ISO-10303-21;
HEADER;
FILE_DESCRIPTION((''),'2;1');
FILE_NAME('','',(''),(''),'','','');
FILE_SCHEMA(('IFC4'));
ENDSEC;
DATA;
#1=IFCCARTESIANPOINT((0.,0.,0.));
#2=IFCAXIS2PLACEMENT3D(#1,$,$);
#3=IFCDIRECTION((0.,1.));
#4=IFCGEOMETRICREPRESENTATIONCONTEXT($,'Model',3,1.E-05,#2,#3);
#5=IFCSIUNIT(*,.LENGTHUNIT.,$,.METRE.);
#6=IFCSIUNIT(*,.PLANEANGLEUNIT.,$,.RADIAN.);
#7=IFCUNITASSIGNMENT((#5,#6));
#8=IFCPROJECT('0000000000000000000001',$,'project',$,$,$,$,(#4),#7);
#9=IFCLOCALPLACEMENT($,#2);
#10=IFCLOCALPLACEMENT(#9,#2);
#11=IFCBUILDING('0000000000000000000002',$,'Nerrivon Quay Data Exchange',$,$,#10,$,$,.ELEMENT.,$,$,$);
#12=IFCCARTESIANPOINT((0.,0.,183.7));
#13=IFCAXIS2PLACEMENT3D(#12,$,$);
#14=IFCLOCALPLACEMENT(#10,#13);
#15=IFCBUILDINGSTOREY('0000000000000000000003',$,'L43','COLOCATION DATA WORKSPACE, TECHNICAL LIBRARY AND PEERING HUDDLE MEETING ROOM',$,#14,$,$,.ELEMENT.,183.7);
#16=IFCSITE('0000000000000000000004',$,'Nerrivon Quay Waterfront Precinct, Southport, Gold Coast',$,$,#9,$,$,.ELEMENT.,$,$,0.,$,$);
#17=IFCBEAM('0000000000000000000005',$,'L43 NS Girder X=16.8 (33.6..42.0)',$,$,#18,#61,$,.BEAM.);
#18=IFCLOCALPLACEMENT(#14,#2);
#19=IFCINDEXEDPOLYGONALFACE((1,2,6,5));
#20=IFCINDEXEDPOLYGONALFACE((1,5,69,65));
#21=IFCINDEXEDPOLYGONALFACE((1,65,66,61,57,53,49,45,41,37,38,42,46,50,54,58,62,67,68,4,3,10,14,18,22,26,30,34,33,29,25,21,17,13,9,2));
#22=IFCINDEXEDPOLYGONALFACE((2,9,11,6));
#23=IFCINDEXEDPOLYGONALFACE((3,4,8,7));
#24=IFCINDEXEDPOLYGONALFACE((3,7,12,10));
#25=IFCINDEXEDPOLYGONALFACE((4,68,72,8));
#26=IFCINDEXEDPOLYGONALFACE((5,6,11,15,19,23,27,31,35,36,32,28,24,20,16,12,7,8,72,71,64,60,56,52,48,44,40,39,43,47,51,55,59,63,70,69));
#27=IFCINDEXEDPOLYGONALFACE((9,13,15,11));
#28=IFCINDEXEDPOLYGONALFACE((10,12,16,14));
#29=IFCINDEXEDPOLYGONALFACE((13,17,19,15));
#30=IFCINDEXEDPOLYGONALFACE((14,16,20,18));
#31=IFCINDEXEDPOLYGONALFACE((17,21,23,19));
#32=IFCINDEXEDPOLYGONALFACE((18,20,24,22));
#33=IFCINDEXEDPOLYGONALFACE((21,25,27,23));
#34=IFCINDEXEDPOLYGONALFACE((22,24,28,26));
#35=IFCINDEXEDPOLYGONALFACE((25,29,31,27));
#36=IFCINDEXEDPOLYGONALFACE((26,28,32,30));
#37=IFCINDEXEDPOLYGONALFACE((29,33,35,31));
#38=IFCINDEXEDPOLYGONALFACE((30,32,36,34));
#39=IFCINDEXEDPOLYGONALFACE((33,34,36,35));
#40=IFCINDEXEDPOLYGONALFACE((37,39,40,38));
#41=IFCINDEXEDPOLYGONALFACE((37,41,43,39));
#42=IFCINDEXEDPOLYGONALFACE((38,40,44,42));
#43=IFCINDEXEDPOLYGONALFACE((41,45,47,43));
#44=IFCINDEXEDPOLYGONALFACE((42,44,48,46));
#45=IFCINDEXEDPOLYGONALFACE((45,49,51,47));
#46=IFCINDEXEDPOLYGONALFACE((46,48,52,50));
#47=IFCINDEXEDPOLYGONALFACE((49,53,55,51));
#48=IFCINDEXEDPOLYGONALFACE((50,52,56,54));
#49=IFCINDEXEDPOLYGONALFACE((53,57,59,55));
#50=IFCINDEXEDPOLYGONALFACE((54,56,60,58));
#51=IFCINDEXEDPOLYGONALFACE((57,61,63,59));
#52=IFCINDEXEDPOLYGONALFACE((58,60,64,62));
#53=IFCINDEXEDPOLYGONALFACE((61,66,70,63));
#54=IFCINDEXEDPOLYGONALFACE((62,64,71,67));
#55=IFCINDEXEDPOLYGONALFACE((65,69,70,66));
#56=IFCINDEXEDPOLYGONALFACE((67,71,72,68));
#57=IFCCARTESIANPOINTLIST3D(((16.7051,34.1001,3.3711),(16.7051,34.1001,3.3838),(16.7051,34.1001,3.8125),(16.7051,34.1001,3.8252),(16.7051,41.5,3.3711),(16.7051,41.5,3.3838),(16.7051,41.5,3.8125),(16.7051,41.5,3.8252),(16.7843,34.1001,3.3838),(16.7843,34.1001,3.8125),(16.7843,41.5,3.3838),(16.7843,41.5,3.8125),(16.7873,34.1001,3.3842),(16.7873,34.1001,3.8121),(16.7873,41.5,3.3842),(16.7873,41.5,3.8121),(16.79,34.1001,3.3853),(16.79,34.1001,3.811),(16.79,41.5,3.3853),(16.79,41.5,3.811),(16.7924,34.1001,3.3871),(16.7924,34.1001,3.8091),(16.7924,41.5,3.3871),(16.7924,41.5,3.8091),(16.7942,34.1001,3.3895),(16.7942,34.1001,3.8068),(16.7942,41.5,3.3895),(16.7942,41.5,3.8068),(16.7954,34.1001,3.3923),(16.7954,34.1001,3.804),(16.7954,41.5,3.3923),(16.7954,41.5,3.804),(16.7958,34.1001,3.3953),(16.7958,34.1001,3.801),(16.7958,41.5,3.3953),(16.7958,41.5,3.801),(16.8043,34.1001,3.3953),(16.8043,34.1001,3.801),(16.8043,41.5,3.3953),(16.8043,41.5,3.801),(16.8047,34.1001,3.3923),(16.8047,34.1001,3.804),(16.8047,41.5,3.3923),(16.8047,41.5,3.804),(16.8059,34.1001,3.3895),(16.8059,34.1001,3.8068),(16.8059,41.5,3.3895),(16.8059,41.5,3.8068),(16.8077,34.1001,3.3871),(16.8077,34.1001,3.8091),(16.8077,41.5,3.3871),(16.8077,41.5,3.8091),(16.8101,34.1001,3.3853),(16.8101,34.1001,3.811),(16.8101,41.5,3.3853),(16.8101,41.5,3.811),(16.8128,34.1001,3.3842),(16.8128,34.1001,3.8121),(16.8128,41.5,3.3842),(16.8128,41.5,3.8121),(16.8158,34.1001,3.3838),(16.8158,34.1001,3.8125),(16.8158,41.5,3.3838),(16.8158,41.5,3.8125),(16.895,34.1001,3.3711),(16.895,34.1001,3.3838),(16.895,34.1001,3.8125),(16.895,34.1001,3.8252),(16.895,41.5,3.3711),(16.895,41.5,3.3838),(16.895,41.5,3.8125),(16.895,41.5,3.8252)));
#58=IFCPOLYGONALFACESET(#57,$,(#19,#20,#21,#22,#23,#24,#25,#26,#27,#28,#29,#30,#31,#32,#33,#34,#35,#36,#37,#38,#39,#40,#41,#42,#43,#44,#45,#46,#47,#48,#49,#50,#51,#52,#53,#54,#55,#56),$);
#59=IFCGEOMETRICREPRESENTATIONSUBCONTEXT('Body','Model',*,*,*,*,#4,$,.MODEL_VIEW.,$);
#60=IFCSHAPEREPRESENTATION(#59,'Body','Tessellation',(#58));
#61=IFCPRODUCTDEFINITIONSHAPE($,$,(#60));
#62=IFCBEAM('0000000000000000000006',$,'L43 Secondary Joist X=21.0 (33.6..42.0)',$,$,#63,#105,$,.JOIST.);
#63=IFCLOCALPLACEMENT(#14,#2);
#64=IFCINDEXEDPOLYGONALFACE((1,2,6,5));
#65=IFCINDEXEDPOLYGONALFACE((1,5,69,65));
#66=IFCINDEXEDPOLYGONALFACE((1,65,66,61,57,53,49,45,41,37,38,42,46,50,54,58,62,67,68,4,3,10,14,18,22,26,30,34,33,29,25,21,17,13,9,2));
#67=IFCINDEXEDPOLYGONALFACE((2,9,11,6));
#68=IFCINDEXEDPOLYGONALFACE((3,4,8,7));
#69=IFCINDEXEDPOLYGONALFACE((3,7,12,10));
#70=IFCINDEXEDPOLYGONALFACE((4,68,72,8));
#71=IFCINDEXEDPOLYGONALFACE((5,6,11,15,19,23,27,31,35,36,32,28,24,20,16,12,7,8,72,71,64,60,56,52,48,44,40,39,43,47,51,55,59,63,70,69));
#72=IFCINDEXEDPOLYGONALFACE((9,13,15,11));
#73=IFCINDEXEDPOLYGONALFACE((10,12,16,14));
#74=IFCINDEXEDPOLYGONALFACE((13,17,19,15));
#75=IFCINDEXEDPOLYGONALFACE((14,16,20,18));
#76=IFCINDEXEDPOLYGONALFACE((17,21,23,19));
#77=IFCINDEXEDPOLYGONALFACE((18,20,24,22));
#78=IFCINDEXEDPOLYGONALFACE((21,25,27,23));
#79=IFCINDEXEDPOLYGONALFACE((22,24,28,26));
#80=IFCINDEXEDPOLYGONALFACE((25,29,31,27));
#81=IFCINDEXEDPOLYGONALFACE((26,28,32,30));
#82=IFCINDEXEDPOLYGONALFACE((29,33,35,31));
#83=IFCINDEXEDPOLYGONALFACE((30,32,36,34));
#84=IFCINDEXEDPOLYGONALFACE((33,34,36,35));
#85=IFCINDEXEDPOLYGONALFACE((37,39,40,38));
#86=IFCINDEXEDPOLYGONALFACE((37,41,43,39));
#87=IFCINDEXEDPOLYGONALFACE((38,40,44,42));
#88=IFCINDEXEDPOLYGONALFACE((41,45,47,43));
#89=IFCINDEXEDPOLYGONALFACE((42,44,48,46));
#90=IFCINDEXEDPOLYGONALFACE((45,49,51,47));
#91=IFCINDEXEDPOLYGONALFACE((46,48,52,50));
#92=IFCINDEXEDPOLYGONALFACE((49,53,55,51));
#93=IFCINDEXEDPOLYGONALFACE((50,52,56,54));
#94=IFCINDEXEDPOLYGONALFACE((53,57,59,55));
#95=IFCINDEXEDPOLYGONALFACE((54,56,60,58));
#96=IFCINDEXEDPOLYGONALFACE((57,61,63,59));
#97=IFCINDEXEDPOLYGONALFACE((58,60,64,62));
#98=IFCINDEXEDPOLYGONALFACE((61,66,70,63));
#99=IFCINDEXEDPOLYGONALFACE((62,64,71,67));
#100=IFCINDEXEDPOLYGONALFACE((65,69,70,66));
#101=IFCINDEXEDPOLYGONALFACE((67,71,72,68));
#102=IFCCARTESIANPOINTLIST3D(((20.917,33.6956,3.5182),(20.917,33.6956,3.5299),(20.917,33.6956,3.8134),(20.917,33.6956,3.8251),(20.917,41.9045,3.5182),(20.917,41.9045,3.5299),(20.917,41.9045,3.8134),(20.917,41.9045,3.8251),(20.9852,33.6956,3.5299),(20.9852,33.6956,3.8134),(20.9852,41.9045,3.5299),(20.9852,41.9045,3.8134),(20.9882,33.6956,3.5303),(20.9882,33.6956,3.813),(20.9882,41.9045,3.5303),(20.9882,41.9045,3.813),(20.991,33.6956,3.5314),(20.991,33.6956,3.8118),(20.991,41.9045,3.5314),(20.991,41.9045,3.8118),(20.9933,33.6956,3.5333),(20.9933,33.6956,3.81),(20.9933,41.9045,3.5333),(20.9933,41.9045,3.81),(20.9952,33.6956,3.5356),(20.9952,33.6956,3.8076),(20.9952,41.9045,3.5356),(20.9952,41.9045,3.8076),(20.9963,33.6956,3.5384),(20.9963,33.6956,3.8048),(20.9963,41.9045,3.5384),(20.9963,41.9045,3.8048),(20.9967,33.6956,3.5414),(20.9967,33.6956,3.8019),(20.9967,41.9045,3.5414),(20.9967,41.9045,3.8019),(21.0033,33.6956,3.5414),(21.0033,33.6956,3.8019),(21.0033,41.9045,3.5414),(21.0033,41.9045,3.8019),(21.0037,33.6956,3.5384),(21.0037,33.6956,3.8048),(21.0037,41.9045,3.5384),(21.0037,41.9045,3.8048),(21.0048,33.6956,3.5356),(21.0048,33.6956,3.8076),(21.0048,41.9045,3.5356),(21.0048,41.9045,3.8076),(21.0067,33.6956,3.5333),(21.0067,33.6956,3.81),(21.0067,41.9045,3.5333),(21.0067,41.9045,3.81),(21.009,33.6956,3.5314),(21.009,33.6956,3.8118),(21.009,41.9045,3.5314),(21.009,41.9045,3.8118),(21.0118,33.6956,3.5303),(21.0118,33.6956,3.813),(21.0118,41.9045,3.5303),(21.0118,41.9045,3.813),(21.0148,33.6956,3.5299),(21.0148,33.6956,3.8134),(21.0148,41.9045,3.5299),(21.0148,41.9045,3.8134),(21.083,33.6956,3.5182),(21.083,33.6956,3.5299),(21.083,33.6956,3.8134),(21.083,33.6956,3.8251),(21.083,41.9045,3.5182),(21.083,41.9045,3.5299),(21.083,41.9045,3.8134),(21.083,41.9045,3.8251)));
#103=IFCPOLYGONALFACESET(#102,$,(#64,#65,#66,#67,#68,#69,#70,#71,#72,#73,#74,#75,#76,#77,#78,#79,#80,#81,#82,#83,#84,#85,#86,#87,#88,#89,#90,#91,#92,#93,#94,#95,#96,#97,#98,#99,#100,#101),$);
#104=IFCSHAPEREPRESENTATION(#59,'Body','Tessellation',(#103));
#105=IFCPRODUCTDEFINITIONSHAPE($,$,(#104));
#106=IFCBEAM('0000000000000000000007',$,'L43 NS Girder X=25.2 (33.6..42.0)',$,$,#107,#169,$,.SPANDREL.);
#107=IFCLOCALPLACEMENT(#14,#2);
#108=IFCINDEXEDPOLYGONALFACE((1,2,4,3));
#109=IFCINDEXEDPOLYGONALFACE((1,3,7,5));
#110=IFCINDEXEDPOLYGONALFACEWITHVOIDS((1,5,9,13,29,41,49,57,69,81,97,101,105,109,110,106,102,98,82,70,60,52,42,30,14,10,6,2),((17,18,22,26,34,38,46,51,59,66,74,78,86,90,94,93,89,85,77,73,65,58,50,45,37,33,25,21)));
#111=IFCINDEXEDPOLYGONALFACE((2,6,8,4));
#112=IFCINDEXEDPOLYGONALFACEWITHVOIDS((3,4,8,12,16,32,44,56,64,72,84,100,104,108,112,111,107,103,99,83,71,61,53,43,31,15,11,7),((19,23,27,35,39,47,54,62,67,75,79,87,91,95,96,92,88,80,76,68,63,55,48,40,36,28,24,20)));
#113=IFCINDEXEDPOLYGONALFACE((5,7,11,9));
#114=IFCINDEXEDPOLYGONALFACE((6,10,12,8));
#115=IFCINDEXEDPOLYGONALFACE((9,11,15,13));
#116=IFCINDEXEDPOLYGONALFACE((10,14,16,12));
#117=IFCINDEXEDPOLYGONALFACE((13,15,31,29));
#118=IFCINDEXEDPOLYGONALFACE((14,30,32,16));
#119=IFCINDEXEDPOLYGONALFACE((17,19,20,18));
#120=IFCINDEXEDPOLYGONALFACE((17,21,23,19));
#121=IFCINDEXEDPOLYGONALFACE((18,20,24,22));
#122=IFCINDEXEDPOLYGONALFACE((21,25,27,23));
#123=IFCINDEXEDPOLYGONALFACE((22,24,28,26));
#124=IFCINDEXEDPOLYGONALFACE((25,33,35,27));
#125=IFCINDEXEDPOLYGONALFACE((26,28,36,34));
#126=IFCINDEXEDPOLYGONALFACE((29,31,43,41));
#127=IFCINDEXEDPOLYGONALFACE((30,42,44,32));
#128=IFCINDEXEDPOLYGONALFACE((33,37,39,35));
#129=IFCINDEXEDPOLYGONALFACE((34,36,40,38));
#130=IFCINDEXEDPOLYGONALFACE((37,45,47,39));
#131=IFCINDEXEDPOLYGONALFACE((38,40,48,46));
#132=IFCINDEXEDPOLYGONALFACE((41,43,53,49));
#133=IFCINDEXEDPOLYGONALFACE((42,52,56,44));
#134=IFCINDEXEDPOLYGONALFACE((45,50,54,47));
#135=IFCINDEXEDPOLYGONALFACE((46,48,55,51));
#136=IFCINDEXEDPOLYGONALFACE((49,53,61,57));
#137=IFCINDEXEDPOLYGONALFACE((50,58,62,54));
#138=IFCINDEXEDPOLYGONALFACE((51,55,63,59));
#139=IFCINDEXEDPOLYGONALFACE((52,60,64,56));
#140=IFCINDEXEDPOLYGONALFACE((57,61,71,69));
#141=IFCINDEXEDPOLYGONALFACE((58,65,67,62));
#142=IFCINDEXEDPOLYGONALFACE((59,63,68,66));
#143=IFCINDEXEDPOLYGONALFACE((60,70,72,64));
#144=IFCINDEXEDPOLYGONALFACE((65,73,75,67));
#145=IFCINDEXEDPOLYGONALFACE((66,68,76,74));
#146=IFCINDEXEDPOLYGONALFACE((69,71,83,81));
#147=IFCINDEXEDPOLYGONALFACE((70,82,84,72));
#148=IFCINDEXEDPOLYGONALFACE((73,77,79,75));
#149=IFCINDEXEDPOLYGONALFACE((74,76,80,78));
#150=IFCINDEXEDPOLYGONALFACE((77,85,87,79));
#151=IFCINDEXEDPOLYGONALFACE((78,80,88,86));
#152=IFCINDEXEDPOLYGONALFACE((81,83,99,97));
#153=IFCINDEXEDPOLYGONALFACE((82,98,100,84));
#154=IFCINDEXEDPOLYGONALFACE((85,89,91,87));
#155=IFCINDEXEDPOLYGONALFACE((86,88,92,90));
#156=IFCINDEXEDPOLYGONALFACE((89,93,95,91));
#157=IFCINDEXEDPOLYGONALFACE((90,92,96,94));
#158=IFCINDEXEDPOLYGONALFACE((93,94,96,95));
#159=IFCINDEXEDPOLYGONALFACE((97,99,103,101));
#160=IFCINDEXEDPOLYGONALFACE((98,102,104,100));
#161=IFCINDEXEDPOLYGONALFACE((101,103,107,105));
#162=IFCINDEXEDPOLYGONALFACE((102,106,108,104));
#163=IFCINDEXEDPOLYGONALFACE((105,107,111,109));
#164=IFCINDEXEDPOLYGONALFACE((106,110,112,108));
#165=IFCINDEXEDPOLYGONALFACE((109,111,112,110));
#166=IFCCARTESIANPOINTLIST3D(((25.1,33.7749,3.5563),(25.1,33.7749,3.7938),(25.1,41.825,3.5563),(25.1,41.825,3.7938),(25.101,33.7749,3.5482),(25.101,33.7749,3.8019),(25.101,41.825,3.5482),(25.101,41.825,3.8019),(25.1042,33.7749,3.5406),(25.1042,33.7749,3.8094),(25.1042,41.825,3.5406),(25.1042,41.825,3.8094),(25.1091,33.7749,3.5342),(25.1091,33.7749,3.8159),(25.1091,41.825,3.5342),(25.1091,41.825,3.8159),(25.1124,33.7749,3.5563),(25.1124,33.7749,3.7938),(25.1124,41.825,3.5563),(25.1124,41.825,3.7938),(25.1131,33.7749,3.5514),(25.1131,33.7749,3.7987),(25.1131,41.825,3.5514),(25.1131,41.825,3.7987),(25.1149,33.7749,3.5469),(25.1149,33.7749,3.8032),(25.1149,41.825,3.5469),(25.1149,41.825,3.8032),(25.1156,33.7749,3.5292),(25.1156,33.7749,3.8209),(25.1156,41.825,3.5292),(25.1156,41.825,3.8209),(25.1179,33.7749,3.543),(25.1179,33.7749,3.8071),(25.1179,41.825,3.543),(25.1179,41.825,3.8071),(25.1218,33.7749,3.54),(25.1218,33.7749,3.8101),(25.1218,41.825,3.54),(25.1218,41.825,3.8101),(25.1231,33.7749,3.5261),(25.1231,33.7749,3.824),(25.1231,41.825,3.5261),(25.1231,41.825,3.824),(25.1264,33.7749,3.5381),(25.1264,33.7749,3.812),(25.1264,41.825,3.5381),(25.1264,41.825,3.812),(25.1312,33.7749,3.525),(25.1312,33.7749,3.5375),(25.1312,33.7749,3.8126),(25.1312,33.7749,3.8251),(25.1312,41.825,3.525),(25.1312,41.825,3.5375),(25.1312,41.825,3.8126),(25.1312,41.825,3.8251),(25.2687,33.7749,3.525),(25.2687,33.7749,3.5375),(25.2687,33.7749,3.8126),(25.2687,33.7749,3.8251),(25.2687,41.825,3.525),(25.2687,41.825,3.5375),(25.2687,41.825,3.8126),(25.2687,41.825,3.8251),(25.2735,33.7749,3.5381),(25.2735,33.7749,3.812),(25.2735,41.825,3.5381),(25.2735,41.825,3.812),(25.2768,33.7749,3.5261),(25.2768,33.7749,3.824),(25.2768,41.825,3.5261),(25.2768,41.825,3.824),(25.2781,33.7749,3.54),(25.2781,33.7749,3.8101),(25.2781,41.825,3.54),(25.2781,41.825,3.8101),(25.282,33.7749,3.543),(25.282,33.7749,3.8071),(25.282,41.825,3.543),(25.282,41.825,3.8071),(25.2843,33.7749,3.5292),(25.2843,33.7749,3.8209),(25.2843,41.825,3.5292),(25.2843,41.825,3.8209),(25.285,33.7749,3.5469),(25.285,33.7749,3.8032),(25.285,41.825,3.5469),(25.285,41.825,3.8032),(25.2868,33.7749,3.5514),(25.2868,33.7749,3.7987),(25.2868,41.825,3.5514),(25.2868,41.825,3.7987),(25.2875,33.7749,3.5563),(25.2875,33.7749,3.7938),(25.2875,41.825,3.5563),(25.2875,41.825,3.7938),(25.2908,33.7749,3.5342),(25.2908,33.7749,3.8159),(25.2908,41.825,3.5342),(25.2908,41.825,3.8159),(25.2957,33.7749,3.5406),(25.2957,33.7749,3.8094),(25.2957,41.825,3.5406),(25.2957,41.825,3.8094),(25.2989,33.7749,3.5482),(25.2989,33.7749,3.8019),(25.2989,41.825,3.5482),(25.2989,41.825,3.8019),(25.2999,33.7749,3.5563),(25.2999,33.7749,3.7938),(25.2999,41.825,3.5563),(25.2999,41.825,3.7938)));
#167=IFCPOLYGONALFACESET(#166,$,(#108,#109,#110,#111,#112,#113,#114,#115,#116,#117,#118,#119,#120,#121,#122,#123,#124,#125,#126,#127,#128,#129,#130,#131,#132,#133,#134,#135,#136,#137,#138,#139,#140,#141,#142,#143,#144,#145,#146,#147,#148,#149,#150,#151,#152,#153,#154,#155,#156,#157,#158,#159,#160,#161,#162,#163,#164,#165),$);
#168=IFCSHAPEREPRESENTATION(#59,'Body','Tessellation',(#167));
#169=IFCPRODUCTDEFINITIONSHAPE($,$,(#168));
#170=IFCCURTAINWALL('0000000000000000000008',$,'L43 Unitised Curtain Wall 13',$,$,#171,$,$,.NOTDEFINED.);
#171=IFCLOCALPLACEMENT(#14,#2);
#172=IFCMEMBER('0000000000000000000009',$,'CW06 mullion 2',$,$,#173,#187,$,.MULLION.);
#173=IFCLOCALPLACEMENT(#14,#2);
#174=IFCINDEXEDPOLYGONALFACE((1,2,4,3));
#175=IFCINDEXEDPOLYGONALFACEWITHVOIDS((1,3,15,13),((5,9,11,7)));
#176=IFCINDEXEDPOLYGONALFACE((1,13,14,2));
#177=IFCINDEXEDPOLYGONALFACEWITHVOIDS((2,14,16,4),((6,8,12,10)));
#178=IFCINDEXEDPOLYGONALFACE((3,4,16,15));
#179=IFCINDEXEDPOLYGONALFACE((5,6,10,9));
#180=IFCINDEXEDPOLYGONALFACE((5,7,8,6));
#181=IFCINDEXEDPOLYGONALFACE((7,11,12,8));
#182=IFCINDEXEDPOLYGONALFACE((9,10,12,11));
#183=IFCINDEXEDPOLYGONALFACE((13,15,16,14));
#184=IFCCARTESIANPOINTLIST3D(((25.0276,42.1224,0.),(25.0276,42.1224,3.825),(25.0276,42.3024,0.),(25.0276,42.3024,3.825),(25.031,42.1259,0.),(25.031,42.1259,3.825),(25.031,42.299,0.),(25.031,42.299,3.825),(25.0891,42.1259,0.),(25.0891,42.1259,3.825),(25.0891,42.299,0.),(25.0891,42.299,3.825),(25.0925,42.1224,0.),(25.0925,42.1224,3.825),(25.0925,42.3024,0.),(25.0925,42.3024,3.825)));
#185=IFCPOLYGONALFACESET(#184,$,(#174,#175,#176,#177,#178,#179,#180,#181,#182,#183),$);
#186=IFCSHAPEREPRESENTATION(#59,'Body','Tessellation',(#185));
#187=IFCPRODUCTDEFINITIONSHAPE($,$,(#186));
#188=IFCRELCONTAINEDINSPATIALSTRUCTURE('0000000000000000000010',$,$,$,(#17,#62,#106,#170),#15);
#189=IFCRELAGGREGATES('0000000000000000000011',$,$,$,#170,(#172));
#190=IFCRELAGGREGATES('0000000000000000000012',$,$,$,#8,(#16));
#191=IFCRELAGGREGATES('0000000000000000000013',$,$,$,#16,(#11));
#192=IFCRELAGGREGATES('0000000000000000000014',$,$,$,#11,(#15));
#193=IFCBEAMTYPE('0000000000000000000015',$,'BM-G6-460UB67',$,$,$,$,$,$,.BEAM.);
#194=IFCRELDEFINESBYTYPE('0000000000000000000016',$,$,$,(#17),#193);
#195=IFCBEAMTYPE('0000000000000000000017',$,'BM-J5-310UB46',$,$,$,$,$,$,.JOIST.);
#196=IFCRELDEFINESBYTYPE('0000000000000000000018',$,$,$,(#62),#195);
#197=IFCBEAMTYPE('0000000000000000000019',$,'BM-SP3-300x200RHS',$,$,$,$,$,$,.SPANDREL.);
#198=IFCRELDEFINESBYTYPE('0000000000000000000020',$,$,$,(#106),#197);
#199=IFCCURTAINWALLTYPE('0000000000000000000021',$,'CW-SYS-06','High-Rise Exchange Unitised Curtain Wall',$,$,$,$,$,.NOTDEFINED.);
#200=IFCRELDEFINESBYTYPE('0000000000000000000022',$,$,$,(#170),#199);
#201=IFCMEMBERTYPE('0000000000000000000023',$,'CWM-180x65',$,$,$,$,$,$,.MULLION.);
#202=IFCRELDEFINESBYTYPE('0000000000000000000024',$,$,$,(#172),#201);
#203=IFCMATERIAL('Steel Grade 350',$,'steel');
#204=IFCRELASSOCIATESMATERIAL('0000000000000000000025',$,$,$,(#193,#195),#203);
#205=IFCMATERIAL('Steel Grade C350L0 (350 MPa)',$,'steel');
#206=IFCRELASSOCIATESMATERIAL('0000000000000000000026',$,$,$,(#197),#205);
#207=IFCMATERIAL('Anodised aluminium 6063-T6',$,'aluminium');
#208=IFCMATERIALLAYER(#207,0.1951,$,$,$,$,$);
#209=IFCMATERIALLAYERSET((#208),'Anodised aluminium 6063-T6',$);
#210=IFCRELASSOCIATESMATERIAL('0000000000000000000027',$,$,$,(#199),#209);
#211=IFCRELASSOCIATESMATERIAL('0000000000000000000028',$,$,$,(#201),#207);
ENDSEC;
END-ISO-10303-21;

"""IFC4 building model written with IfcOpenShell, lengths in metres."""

from ifc_helpers import new_model, si_unit, direction, frame, origin, origin_2d, place, context, subcontext, project, spatial, hollow_rectangle, i_section, extrude, material, layer, layer_set, material_profile, profile_set, type_object, element, aggregate, save


model = new_model("IFC4")

# Units and contexts
model_context = context("Model", 3, precision=1e-05, world=origin(), true_north=direction((0.0, 1.0)))
body_context = subcontext(model_context, "Body", "Model", "MODEL_VIEW")
ifc_project = project(units=[si_unit("LENGTHUNIT", "METRE"), si_unit("PLANEANGLEUNIT", "RADIAN")], contexts=[model_context])

# Site, building, storey
site_placement = place(None, origin())
site = spatial("IfcSite", under=ifc_project, at=site_placement, Name="Nerrivon Quay Waterfront Precinct, Southport, Gold Coast", CompositionType="ELEMENT", RefElevation=0.0)
building_placement = place(site_placement, origin())
building = spatial("IfcBuilding", under=site, at=building_placement, Name="Nerrivon Quay Data Exchange", CompositionType="ELEMENT")
storey_placement = place(building_placement, frame((0.0, 0.0, 183.7)))
storey = spatial("IfcBuildingStorey", under=building, at=storey_placement, Name="L43", Description="COLOCATION DATA WORKSPACE, TECHNICAL LIBRARY AND PEERING HUDDLE MEETING ROOM", CompositionType="ELEMENT", Elevation=183.7)

# Shared definitions
ifc_material_1 = material(Name="Steel Grade 350", Category="steel")

# Beams
ifc_material_profile_1 = material_profile(ifc_material_1, i_section(OverallWidth=0.1899, OverallDepth=0.4541, WebThickness=0.0085, FlangeThickness=0.0127, FilletRadius=0.0115, at=origin_2d()), Name="460UB67.1")
ifc_profile_set_1 = profile_set([ifc_material_profile_1], Name="Steel Grade 350")
beam_type_1 = type_object("IfcBeamType", Name="BM-G6-460UB67", PredefinedType="BEAM", material=ifc_profile_set_1)
beam_1_placement = place(storey_placement, frame((16.8, 34.1001, 3.5981), z_axis=(0.0, 1.0, 0.0), x_axis=(-1.0, 0.0, 0.0)))
element("IfcBeam", 1, at=beam_1_placement, inside=storey, type_object=beam_type_1, Name="L43 NS Girder X=16.8 (33.6..42.0)", PredefinedType="BEAM", context=body_context, shape_type="SweptSolid", body=[
    extrude(i_section(OverallWidth=0.1899, OverallDepth=0.4541, WebThickness=0.0085, FlangeThickness=0.0127, FilletRadius=0.0115, at=origin_2d()), origin(), (0.0, 0.0, 1.0), 7.3999),
])
ifc_material_profile_2 = material_profile(ifc_material_1, i_section(OverallWidth=0.166, OverallDepth=0.3069, WebThickness=0.0066, FlangeThickness=0.0117, FilletRadius=0.0115, at=origin_2d()), Name="310UB46.2")
ifc_profile_set_2 = profile_set([ifc_material_profile_2], Name="Steel Grade 350")
beam_type_2 = type_object("IfcBeamType", Name="BM-J5-310UB46", PredefinedType="JOIST", material=ifc_profile_set_2)
beam_2_placement = place(storey_placement, frame((21.0, 33.6956, 3.6716), z_axis=(0.0, 1.0, 0.0), x_axis=(-1.0, 0.0, 0.0)))
element("IfcBeam", 2, at=beam_2_placement, inside=storey, type_object=beam_type_2, Name="L43 Secondary Joist X=21.0 (33.6..42.0)", PredefinedType="JOIST", context=body_context, shape_type="SweptSolid", body=[
    extrude(i_section(OverallWidth=0.166, OverallDepth=0.3069, WebThickness=0.0066, FlangeThickness=0.0117, FilletRadius=0.0115, at=origin_2d()), origin(), (0.0, 0.0, 1.0), 8.209),
])
ifc_material_2 = material(Name="Steel Grade C350L0 (350 MPa)", Category="steel")
ifc_material_profile_3 = material_profile(ifc_material_2, hollow_rectangle(XDim=0.2, YDim=0.3, WallThickness=0.0125, InnerFilletRadius=0.0188, OuterFilletRadius=0.0312, at=origin_2d()), Name="300x200x12.5RHS")
ifc_profile_set_3 = profile_set([ifc_material_profile_3], Name="Steel Grade C350L0 (350 MPa)")
beam_type_3 = type_object("IfcBeamType", Name="BM-SP3-300x200RHS", PredefinedType="SPANDREL", material=ifc_profile_set_3)
beam_3_placement = place(storey_placement, frame((25.2, 33.7749, 3.675), z_axis=(0.0, 1.0, 0.0), x_axis=(-1.0, 0.0, 0.0)))
element("IfcBeam", 3, at=beam_3_placement, inside=storey, type_object=beam_type_3, Name="L43 NS Girder X=25.2 (33.6..42.0)", PredefinedType="SPANDREL", context=body_context, shape_type="SweptSolid", body=[
    extrude(hollow_rectangle(XDim=0.2, YDim=0.3, WallThickness=0.0125, InnerFilletRadius=0.0188, OuterFilletRadius=0.0312, at=origin_2d()), origin(), (0.0, 0.0, 1.0), 8.05),
])

# Curtain wall, member
ifc_material_3 = material(Name="Anodised aluminium 6063-T6", Category="aluminium")
ifc_layer_1 = layer(ifc_material_3, 0.1951)
ifc_layer_set_1 = layer_set([ifc_layer_1], Name="Anodised aluminium 6063-T6")
curtain_wall_type = type_object("IfcCurtainWallType", Name="CW-SYS-06", Description="High-Rise Exchange Unitised Curtain Wall", PredefinedType="NOTDEFINED", material=ifc_layer_set_1)
curtain_wall_1_placement = place(storey_placement, origin())
curtain_wall_1 = element("IfcCurtainWall", 4, at=curtain_wall_1_placement, inside=storey, type_object=curtain_wall_type, Name="L43 Unitised Curtain Wall 13", PredefinedType="NOTDEFINED")
ifc_material_profile_4 = material_profile(ifc_material_3, hollow_rectangle(XDim=0.0649, YDim=0.1799, WallThickness=0.0034, at=origin_2d()), Name="ALU-MULL-180x65")
ifc_profile_set_4 = profile_set([ifc_material_profile_4], Name="Anodised aluminium 6063-T6")
member_type_1 = type_object("IfcMemberType", Name="CWM-180x65", PredefinedType="MULLION", material=ifc_profile_set_4)
member_1_placement = place(storey_placement, frame((25.0601, 42.2124, 0.0), z_axis=(0.0, 0.0, 1.0), x_axis=(1.0, 0.0, 0.0)))
member_1 = element("IfcMember", 5, at=member_1_placement, type_object=member_type_1, Name="CW06 mullion 2", PredefinedType="MULLION", context=body_context, shape_type="SweptSolid", body=[
    extrude(hollow_rectangle(XDim=0.0649, YDim=0.1799, WallThickness=0.0034, at=origin_2d()), origin(), (0.0, 0.0, 1.0), 3.825),
])
aggregate(curtain_wall_1, [member_1])

save(model, "model.ifc")
